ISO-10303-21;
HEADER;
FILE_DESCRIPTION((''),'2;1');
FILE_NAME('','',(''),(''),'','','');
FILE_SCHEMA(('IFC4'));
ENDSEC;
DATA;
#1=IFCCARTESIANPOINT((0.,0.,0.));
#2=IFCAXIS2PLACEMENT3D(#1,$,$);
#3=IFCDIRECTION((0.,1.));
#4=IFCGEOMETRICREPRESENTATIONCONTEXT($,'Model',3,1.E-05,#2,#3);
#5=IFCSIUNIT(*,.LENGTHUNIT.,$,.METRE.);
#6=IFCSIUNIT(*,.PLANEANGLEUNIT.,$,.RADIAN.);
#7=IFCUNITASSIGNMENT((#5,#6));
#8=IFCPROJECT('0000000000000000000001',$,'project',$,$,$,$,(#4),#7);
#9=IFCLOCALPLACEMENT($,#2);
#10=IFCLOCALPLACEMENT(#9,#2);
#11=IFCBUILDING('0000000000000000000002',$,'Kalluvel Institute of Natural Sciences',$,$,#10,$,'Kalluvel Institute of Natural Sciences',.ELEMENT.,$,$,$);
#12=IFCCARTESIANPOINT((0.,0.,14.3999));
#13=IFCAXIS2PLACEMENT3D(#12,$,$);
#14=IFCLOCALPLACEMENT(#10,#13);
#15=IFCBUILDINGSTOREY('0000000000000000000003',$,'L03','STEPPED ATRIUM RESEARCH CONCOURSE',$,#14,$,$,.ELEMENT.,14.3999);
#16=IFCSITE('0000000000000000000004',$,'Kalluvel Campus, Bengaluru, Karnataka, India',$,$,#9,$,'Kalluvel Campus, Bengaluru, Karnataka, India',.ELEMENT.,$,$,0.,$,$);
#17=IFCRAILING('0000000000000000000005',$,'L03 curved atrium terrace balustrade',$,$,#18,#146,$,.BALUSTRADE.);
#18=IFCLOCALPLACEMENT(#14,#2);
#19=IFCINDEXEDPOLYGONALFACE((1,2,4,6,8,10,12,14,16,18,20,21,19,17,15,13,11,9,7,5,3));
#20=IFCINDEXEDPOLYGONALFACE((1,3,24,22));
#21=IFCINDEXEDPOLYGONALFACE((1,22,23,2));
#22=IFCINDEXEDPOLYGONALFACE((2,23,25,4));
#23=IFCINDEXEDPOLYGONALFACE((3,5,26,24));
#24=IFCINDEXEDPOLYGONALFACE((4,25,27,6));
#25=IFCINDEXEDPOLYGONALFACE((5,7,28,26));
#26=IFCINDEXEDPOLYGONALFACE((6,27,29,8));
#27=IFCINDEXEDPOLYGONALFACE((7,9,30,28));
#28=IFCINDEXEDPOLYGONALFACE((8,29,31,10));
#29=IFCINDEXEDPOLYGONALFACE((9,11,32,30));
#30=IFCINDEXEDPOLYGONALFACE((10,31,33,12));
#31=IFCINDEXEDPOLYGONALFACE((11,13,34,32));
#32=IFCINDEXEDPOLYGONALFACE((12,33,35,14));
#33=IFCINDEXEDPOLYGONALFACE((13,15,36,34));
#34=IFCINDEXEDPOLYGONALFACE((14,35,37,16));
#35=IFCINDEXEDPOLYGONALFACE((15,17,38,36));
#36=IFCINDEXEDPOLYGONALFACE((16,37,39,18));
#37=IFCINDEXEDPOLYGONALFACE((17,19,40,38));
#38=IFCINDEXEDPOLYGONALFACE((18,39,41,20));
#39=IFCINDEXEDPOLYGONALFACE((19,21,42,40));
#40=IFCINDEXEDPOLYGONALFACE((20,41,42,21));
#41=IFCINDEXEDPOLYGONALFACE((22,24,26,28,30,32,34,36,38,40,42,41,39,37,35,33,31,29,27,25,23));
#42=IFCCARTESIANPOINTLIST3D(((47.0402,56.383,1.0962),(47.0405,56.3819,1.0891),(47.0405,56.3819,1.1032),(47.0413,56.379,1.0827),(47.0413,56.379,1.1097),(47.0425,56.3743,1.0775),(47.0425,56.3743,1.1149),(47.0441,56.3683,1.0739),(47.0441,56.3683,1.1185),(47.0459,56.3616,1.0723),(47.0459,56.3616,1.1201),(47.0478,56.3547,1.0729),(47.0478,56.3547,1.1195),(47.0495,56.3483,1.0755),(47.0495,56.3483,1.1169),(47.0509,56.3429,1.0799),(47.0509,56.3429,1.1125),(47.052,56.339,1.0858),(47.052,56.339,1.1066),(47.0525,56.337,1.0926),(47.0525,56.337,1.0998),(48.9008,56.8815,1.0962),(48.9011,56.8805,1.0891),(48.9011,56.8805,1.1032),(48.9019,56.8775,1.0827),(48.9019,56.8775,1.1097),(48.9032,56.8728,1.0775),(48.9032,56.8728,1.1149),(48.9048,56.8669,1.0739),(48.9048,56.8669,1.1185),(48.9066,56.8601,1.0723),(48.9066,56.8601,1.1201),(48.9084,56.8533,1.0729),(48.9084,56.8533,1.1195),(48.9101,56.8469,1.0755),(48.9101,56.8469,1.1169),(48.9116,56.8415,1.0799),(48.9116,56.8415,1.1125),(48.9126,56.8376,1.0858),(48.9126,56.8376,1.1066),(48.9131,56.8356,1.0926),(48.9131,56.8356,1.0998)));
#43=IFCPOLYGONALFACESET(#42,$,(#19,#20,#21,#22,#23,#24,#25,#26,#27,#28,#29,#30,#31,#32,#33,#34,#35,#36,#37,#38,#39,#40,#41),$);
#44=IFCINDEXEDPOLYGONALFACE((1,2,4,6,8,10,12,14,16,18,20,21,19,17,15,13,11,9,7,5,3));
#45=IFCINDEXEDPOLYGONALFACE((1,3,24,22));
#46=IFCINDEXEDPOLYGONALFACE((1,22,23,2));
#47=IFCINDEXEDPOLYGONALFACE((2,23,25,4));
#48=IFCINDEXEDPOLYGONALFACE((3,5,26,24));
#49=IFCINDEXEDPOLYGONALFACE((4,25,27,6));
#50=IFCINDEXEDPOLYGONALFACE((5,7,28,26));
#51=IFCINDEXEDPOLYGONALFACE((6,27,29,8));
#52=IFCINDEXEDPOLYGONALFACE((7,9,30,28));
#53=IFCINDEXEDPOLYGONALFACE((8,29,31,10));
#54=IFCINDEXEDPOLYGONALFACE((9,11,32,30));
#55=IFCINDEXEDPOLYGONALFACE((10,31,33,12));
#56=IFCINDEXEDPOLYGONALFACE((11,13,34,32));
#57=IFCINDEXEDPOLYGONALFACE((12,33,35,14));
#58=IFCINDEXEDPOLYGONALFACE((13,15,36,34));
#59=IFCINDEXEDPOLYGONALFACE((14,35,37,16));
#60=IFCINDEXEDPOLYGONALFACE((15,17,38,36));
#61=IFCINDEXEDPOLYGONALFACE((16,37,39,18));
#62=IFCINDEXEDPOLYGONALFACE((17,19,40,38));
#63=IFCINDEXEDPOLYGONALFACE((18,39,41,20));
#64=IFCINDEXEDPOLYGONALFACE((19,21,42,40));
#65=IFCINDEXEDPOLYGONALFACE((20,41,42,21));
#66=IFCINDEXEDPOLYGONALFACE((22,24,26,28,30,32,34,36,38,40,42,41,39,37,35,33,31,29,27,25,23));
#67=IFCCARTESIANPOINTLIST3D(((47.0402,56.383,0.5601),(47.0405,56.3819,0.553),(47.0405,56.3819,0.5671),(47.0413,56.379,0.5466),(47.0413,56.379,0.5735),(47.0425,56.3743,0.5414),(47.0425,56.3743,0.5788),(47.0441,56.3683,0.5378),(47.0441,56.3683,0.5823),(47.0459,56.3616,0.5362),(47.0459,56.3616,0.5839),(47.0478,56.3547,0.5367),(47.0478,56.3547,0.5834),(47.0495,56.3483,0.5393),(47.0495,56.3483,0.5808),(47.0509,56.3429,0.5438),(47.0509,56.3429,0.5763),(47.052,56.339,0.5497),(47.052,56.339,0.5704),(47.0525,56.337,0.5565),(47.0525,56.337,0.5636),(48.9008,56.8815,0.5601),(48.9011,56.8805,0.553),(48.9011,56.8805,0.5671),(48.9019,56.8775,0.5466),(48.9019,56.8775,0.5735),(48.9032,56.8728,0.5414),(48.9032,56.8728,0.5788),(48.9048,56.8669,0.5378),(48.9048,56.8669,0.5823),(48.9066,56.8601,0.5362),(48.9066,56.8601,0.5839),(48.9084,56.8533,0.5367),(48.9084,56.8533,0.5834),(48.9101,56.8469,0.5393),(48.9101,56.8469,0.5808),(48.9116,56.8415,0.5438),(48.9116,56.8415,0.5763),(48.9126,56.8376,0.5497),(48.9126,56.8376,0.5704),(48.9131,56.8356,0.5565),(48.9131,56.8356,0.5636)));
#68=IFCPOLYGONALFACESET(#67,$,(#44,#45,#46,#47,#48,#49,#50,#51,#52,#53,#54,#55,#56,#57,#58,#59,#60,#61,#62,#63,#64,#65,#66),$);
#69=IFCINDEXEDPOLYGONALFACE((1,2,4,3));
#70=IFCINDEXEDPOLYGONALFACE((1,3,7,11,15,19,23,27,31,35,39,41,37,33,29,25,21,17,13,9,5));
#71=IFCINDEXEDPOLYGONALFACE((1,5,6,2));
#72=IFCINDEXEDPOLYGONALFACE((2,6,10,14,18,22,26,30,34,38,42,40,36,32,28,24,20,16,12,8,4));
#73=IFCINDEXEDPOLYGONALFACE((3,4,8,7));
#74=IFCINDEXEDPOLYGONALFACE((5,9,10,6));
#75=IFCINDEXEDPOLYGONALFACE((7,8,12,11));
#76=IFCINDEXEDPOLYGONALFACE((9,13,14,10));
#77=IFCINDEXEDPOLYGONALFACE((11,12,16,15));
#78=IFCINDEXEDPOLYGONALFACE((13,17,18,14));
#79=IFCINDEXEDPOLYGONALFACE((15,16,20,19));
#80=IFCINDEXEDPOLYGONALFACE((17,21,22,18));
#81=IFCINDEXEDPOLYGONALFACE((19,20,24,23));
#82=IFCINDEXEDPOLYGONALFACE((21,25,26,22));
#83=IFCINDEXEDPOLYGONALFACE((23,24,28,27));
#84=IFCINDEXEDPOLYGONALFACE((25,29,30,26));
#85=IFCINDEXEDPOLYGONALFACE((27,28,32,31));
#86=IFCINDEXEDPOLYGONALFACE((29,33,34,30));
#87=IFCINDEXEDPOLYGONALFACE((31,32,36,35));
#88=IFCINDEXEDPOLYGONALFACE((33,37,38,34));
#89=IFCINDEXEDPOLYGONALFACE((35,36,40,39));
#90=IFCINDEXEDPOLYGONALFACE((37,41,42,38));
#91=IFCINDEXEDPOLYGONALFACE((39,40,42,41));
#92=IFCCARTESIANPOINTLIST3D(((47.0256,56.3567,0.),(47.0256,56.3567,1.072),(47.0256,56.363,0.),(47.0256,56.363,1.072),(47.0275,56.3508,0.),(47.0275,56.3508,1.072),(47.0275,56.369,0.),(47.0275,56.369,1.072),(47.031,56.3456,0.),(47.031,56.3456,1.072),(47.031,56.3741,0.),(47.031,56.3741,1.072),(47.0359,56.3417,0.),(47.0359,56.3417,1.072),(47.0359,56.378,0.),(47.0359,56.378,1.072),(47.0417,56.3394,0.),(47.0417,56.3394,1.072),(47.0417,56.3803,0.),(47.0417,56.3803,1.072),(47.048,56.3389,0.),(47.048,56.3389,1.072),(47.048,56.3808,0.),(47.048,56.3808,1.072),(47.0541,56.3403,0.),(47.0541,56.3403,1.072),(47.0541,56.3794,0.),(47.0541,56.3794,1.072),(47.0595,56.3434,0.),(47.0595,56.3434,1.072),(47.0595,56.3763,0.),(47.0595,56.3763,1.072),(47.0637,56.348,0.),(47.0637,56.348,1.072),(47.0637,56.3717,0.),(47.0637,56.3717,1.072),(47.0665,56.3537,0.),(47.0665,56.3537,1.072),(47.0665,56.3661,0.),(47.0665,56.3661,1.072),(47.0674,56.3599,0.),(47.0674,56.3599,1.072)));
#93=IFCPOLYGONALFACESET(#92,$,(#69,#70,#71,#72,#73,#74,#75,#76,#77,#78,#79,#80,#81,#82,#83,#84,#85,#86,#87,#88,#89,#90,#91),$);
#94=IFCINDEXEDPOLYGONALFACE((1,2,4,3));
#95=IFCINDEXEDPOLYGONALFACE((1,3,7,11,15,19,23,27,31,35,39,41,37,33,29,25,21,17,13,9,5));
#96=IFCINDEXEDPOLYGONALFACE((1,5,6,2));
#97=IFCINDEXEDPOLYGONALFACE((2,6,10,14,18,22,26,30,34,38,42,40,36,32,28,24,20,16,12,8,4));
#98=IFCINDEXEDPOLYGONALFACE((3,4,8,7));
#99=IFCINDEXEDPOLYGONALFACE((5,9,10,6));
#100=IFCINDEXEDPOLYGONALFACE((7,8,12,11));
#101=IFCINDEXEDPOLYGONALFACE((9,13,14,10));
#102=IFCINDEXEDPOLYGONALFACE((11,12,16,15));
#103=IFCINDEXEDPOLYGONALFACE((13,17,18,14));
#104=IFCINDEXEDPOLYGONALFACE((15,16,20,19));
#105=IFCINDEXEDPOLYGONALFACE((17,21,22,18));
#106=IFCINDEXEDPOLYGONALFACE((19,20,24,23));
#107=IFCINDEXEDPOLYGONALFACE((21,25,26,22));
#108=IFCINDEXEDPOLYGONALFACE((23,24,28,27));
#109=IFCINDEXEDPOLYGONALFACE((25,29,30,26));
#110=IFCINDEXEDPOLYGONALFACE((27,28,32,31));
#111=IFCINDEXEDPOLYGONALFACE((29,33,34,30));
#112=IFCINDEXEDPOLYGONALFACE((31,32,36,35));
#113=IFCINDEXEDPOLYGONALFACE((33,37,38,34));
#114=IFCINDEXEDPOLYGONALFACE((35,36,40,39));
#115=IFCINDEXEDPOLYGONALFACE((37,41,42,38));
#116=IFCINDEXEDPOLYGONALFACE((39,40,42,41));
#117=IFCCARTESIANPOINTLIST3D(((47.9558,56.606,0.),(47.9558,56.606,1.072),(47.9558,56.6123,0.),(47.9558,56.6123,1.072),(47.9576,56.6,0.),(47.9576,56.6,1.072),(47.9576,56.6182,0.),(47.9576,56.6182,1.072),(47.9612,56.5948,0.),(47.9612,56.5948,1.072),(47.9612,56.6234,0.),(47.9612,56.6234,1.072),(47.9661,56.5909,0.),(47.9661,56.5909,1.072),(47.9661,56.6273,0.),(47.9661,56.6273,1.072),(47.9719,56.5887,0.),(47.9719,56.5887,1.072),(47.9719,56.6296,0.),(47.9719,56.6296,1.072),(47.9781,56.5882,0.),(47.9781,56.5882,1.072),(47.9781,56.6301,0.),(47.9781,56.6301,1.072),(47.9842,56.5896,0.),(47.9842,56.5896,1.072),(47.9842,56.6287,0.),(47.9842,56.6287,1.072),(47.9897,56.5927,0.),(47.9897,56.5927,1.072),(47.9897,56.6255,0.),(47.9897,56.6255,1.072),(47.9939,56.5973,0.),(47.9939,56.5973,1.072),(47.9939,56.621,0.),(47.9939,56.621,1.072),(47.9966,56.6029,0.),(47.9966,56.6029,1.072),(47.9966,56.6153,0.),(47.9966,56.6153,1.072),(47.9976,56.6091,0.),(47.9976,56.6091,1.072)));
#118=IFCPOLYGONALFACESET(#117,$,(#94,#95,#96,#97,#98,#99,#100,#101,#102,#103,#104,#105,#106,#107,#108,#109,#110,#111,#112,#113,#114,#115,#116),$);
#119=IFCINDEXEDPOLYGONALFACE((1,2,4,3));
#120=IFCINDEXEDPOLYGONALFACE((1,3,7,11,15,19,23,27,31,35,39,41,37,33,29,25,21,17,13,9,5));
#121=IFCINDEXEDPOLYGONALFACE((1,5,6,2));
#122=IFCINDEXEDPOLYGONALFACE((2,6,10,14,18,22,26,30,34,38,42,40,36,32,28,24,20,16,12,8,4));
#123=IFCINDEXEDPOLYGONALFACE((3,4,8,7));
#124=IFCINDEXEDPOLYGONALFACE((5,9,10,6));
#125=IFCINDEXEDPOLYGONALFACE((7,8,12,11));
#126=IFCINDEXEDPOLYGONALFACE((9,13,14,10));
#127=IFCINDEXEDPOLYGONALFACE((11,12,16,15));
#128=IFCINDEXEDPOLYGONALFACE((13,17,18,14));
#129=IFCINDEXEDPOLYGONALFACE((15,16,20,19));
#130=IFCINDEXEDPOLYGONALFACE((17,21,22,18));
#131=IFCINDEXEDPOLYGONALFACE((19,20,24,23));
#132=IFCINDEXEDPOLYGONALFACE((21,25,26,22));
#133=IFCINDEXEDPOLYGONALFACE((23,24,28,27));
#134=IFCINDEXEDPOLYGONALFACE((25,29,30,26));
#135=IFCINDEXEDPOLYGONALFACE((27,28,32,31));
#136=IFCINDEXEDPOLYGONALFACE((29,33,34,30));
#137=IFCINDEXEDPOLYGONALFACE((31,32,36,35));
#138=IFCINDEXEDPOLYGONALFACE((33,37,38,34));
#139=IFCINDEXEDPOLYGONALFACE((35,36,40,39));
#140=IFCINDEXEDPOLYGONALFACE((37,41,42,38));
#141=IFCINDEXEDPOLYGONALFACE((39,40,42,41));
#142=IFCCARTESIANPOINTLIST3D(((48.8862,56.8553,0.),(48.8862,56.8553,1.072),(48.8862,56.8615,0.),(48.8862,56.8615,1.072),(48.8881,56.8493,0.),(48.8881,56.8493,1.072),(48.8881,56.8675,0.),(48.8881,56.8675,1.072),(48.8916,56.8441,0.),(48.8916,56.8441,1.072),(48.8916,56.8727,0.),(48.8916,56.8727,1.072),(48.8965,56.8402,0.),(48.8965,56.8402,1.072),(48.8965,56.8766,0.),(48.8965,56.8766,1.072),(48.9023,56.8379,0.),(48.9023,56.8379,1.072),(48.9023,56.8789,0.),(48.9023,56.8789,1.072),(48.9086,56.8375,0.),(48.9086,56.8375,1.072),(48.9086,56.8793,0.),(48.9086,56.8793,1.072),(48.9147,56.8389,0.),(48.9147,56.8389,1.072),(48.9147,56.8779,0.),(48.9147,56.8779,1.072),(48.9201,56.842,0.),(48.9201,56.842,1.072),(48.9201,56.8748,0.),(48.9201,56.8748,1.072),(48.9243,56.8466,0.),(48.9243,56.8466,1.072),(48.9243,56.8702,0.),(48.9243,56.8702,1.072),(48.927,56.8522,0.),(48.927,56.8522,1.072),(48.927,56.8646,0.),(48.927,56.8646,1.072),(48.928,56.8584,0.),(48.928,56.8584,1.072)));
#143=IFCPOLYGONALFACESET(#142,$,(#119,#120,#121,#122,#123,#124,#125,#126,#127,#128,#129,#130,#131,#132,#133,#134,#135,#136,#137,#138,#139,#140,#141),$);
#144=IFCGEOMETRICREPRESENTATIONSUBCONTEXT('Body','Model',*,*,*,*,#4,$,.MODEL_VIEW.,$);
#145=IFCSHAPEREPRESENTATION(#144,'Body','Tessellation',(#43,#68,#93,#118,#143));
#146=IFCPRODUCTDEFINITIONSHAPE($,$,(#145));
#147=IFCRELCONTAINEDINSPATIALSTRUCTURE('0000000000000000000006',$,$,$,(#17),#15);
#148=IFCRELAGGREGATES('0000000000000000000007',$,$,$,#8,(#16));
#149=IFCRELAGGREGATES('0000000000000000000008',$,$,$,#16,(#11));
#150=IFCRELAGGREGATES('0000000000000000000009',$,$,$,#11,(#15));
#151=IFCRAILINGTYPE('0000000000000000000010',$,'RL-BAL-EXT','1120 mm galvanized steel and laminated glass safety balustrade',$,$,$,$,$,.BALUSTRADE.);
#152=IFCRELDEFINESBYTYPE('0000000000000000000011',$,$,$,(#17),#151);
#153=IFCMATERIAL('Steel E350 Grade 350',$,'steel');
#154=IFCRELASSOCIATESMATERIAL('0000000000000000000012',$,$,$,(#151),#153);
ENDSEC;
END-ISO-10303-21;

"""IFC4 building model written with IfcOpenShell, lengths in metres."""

from ifc_helpers import new_model, si_unit, direction, frame, origin, origin_2d, place, context, subcontext, project, spatial, circle, extrude, material, type_object, element, save


model = new_model("IFC4")

# Units and contexts
model_context = context("Model", 3, precision=1e-05, world=origin(), true_north=direction((0.0, 1.0)))
body_context = subcontext(model_context, "Body", "Model", "MODEL_VIEW")
ifc_project = project(units=[si_unit("LENGTHUNIT", "METRE"), si_unit("PLANEANGLEUNIT", "RADIAN")], contexts=[model_context])

# Site, building, storey
site_placement = place(None, origin())
site = spatial("IfcSite", under=ifc_project, at=site_placement, Name="Kalluvel Campus, Bengaluru, Karnataka, India", LongName="Kalluvel Campus, Bengaluru, Karnataka, India", CompositionType="ELEMENT", RefElevation=0.0)
building_placement = place(site_placement, origin())
building = spatial("IfcBuilding", under=site, at=building_placement, Name="Kalluvel Institute of Natural Sciences", LongName="Kalluvel Institute of Natural Sciences", CompositionType="ELEMENT")
storey_placement = place(building_placement, frame((0.0, 0.0, 14.3999)))
storey = spatial("IfcBuildingStorey", under=building, at=storey_placement, Name="L03", Description="STEPPED ATRIUM RESEARCH CONCOURSE", CompositionType="ELEMENT", Elevation=14.3999)

# Railing
ifc_material_1 = material(Name="Steel E350 Grade 350", Category="steel")
railing_type = type_object("IfcRailingType", Name="RL-BAL-EXT", Description="1120 mm galvanized steel and laminated glass safety balustrade", PredefinedType="BALUSTRADE", material=ifc_material_1)
railing_1_placement = place(storey_placement, frame((47.0464, 56.3599, 0.0)))
element("IfcRailing", 1, at=railing_1_placement, inside=storey, type_object=railing_type, Name="L03 curved atrium terrace balustrade", PredefinedType="BALUSTRADE", context=body_context, shape_type="SweptSolid", body=[
    extrude(circle(Radius=0.0239, at=origin_2d()), frame((0.0, 0.0, 1.0962), z_axis=(0.965927, 0.258814, 0.0), x_axis=(-0.258814, 0.965927, 0.0)), (0.0, 0.0, 1.0), 1.9263),
    extrude(circle(Radius=0.0239, at=origin_2d()), frame((0.0, 0.0, 0.5601), z_axis=(0.965927, 0.258814, 0.0), x_axis=(-0.258814, 0.965927, 0.0)), (0.0, 0.0, 1.0), 1.9263),
    extrude(circle(Radius=0.021, at=origin_2d()), origin(), (0.0, 0.0, 1.0), 1.072),
    extrude(circle(Radius=0.021, at=origin_2d()), frame((0.9302, 0.2493, 0.0)), (0.0, 0.0, 1.0), 1.072),
    extrude(circle(Radius=0.021, at=origin_2d()), frame((1.8606, 0.4985, 0.0)), (0.0, 0.0, 1.0), 1.072),
])

save(model, "model.ifc")
